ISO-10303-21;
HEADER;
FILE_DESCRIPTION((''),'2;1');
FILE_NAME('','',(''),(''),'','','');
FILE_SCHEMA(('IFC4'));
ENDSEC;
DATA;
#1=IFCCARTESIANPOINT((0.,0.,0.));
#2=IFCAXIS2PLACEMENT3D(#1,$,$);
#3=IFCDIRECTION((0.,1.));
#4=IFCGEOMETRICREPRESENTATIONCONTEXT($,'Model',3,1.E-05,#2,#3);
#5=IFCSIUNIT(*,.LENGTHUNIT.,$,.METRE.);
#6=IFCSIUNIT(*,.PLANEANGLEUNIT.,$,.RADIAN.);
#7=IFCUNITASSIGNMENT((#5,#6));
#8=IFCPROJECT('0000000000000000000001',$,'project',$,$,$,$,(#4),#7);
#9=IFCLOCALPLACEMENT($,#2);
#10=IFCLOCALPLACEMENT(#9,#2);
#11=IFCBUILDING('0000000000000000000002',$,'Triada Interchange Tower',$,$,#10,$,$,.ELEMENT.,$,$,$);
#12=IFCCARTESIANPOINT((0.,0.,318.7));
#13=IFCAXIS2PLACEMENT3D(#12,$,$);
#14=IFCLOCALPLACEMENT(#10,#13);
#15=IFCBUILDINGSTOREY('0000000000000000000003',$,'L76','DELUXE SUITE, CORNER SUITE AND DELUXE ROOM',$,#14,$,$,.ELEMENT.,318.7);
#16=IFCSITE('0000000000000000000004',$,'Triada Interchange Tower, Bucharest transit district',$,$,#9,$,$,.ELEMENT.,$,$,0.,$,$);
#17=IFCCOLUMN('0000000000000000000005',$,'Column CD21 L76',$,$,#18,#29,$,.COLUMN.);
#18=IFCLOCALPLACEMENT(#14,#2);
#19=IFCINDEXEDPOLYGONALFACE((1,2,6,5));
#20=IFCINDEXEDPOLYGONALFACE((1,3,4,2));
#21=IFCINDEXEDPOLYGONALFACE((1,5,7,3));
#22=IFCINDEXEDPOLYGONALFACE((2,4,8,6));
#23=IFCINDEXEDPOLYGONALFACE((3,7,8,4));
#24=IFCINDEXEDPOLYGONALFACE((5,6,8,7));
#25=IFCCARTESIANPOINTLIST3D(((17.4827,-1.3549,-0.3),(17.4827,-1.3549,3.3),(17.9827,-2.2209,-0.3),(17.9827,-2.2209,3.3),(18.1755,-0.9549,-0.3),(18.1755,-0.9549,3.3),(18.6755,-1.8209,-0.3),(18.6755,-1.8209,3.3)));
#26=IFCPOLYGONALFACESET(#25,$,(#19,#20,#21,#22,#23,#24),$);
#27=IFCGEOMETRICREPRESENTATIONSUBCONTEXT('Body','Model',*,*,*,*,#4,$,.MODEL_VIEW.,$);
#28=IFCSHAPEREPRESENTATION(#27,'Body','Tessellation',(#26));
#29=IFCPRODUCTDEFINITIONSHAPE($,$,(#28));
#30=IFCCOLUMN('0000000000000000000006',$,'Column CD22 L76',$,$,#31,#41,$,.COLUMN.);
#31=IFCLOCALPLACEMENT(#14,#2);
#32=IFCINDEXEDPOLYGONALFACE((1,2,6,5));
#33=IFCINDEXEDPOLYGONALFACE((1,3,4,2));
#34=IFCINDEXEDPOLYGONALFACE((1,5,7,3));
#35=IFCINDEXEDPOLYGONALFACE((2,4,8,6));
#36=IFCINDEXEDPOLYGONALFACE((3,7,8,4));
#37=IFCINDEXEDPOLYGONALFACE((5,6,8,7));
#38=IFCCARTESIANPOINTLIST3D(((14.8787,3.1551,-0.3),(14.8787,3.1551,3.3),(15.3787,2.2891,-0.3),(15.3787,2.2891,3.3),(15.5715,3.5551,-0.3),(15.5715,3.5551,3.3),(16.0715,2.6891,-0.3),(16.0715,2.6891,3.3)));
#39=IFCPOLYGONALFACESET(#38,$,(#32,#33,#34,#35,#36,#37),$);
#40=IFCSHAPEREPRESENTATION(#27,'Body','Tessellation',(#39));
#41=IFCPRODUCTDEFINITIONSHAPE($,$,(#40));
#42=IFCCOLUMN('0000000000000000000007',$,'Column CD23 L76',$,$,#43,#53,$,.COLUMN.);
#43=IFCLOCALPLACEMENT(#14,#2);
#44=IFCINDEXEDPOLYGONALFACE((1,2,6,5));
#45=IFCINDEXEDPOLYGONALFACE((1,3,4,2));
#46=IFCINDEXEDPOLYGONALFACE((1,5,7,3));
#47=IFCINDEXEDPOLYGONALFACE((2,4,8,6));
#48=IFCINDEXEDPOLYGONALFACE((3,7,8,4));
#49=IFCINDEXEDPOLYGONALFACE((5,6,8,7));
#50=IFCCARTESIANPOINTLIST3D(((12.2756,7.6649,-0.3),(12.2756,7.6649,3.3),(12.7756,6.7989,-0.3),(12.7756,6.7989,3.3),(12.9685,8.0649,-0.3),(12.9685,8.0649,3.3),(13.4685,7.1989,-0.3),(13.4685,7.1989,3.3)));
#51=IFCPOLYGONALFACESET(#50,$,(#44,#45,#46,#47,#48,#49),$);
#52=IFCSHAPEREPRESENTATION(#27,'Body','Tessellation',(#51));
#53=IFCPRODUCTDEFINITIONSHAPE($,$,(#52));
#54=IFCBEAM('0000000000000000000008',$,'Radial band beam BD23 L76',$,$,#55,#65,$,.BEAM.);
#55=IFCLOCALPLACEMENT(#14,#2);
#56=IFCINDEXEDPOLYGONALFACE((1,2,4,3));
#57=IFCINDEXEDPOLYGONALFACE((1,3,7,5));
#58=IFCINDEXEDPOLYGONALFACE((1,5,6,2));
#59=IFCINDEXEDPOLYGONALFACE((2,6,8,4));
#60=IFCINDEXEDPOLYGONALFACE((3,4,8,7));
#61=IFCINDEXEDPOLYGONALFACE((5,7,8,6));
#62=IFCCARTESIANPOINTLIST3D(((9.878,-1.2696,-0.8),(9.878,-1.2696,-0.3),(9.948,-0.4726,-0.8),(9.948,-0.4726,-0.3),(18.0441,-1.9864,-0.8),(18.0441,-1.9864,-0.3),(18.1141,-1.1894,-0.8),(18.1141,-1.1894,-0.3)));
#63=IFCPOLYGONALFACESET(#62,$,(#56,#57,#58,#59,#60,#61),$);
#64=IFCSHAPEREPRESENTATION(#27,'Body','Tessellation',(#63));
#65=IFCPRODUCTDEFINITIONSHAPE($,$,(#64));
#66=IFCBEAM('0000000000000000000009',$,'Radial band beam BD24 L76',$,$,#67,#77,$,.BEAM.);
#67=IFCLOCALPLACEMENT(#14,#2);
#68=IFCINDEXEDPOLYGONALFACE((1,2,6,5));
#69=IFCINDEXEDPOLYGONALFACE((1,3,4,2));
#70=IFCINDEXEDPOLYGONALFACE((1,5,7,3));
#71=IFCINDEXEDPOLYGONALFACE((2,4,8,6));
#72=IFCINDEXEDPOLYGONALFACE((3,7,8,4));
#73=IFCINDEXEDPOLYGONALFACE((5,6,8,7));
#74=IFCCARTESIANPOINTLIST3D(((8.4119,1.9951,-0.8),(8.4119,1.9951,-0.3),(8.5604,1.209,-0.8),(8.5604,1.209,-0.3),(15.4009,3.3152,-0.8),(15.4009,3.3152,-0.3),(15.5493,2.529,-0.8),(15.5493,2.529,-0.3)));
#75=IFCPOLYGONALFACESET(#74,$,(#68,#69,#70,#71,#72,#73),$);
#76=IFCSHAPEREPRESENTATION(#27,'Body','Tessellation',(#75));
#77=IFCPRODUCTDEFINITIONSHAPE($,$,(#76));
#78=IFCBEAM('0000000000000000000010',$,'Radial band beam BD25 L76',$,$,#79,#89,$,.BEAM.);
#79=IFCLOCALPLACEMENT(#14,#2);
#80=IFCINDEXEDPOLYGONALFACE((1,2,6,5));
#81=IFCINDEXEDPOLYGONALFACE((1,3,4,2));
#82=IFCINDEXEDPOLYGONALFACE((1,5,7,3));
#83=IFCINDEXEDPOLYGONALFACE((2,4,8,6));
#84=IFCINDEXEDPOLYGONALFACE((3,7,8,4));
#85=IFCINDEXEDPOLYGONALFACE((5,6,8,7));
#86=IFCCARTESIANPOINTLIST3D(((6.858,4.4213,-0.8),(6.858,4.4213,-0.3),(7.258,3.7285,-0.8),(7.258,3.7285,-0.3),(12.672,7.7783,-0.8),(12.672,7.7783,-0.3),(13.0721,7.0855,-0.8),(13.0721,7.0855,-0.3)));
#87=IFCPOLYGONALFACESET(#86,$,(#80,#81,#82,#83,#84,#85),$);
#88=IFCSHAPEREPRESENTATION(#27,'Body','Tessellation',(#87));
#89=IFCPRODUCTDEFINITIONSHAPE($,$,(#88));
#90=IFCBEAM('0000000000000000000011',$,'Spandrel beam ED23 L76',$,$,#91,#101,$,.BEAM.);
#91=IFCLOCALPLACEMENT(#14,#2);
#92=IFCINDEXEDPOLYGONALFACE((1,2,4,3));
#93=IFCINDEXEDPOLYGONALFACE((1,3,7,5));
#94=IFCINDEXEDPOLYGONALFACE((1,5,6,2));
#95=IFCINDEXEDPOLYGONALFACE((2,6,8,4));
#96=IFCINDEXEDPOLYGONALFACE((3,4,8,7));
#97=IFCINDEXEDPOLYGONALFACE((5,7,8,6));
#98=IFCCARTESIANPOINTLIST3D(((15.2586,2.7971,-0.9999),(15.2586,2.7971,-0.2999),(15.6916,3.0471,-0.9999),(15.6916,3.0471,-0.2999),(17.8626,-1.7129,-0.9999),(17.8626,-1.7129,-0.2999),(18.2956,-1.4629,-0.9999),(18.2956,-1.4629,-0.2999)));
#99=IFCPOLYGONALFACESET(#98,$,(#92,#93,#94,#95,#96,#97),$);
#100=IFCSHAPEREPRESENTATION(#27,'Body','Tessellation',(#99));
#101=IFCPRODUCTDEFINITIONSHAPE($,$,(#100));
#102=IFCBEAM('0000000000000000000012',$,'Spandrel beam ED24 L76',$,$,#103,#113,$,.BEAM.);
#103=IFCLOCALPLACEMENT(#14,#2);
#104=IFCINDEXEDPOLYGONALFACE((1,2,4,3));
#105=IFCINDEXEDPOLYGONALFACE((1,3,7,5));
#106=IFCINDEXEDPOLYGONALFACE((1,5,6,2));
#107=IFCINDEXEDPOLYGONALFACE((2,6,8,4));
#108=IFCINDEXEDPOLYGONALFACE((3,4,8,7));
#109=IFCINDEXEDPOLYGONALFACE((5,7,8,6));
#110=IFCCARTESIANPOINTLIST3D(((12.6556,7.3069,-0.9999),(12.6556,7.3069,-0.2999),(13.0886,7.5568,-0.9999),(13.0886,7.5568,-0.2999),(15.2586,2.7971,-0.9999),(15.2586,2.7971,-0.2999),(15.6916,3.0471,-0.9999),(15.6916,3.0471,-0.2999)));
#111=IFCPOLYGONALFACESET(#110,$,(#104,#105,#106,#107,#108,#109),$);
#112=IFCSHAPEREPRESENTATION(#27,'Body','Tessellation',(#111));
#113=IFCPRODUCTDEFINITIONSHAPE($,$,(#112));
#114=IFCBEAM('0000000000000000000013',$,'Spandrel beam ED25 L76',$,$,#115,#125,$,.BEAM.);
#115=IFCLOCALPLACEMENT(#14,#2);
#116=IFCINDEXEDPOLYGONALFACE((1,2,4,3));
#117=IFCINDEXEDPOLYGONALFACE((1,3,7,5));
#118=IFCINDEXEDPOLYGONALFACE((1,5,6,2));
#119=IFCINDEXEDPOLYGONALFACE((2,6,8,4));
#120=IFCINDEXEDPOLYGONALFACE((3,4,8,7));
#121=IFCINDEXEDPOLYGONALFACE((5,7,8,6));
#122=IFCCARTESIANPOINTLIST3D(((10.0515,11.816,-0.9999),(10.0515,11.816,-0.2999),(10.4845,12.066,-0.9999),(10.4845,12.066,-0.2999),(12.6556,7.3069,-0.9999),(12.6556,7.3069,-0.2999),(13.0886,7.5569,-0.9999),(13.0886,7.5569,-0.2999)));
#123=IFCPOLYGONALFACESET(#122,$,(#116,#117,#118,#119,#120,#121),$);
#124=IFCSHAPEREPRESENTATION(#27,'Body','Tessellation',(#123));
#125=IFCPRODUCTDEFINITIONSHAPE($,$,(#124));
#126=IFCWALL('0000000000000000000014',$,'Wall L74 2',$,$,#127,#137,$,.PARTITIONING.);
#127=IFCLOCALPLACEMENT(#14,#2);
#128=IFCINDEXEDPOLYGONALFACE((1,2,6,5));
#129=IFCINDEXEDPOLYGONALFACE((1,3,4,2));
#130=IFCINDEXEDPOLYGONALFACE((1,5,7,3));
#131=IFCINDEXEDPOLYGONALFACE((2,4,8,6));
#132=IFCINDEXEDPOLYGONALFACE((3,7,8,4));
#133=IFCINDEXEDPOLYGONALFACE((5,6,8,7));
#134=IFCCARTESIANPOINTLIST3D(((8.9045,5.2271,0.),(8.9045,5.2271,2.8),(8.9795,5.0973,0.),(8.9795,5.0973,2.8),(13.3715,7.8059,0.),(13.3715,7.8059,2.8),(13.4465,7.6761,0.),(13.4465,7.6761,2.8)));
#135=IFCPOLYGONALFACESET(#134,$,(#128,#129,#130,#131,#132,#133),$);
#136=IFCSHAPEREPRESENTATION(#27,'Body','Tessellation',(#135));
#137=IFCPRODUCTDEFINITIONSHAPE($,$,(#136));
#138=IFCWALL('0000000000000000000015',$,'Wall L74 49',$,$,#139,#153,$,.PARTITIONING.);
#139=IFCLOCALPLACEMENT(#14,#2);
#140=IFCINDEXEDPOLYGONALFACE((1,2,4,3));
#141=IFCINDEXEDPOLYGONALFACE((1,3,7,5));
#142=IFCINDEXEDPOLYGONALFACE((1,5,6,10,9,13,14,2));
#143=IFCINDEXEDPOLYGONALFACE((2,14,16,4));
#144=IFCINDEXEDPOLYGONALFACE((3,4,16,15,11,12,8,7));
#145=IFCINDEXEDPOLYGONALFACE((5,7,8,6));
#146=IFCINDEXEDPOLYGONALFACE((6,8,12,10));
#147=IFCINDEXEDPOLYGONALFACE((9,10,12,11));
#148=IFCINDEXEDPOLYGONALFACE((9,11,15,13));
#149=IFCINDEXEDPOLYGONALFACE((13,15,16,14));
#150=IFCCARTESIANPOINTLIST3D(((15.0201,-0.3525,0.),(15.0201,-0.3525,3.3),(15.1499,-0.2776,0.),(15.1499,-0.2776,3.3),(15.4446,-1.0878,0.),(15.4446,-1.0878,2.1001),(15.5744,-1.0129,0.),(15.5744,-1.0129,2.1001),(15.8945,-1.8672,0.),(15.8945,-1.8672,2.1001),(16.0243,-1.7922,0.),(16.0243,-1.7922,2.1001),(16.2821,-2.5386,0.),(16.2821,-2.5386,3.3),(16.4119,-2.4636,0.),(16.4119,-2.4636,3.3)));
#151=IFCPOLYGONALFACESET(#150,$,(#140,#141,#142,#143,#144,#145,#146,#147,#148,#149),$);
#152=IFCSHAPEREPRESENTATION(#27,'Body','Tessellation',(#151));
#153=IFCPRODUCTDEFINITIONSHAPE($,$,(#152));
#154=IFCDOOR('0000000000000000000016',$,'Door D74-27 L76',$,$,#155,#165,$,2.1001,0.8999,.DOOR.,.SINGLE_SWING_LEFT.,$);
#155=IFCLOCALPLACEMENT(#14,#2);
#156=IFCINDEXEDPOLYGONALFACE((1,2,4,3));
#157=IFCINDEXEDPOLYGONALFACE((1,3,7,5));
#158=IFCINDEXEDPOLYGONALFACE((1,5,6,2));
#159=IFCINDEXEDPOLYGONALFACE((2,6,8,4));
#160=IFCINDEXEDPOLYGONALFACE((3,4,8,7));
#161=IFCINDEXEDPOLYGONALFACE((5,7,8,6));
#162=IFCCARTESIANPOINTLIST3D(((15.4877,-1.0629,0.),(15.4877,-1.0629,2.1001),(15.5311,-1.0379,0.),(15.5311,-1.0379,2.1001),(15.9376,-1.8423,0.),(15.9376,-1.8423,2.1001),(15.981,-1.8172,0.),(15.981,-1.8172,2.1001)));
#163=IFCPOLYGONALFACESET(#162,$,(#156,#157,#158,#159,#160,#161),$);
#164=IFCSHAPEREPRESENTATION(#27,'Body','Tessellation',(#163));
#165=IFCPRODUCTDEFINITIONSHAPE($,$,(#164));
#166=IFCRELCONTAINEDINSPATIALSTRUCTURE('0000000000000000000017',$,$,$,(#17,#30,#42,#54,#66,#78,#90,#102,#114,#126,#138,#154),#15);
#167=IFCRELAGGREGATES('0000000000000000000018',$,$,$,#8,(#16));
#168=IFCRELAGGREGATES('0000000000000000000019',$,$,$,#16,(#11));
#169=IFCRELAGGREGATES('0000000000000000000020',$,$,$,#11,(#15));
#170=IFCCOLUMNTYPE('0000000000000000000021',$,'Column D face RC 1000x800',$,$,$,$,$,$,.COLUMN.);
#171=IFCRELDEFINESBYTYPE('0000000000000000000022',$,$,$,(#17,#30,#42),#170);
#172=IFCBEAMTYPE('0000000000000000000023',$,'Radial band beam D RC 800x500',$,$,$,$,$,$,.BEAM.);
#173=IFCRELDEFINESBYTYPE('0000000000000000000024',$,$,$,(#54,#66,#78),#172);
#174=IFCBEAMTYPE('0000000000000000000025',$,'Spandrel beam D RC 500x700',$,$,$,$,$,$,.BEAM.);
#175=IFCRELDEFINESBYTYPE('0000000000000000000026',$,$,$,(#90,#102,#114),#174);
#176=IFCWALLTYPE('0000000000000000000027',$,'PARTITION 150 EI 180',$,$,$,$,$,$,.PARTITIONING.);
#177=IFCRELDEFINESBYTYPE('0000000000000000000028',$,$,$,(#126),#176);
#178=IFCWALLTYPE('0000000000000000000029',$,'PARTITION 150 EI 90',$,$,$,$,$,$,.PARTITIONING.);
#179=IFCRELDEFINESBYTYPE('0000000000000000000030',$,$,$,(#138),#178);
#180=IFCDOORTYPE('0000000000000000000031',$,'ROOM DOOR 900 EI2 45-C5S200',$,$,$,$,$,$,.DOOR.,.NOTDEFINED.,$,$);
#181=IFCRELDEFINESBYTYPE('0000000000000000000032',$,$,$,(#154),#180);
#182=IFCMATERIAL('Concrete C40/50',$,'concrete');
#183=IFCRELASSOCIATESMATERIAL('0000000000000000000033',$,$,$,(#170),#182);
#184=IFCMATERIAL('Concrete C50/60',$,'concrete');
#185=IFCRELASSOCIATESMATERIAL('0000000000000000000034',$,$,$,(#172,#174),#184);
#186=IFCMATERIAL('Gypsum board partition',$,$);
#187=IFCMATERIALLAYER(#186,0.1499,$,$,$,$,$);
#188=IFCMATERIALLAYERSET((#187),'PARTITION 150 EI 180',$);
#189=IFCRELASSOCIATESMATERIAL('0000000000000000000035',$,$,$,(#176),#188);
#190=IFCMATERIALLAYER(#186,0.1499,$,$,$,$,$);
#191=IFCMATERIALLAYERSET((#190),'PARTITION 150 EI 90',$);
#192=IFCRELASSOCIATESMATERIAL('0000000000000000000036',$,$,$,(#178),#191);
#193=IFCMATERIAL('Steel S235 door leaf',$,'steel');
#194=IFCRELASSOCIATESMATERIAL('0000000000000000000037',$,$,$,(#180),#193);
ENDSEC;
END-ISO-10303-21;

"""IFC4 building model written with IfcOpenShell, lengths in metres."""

from ifc_helpers import new_model, si_unit, direction, frame, frame_2d, origin, origin_2d, place, context, subcontext, project, spatial, rectangle, extrude, material, layer, layer_set, material_profile, profile_set, type_object, element, fill, save


model = new_model("IFC4")

# Units and contexts
model_context = context("Model", 3, precision=1e-05, world=origin(), true_north=direction((0.0, 1.0)))
body_context = subcontext(model_context, "Body", "Model", "MODEL_VIEW")
ifc_project = project(units=[si_unit("LENGTHUNIT", "METRE"), si_unit("PLANEANGLEUNIT", "RADIAN")], contexts=[model_context])

# Site, building, storey
site_placement = place(None, origin())
site = spatial("IfcSite", under=ifc_project, at=site_placement, Name="Triada Interchange Tower, Bucharest transit district", CompositionType="ELEMENT", RefElevation=0.0)
building_placement = place(site_placement, origin())
building = spatial("IfcBuilding", under=site, at=building_placement, Name="Triada Interchange Tower", CompositionType="ELEMENT")
storey_placement = place(building_placement, frame((0.0, 0.0, 318.7)))
storey = spatial("IfcBuildingStorey", under=building, at=storey_placement, Name="L76", Description="DELUXE SUITE, CORNER SUITE AND DELUXE ROOM", CompositionType="ELEMENT", Elevation=318.7)

# Columns
ifc_material_1 = material(Name="Concrete C40/50", Category="concrete")
ifc_material_profile_1 = material_profile(ifc_material_1, rectangle(XDim=1.0, YDim=0.8, at=origin_2d()), Name="RC 1000x800")
ifc_profile_set_1 = profile_set([ifc_material_profile_1], Name="Concrete C40/50")
column_type = type_object("IfcColumnType", Name="Column D face RC 1000x800", PredefinedType="COLUMN", material=ifc_profile_set_1)
for number, where, z_axis, x_axis, name in (
    (1, (18.0791, -1.5879, -0.3), (0.0, 0.0, 1.0), (-0.5, 0.866025, 0.0), "Column CD21 L76"),
    (2, (15.4751, 2.9221, -0.3), (0.0, 0.0, 1.0), (-0.5, 0.866025, 0.0), "Column CD22 L76"),
    (3, (12.8721, 7.4319, -0.3), (0.0, 0.0, 1.0), (-0.5, 0.866025, 0.0), "Column CD23 L76"),
):
    element("IfcColumn", number, at=place(storey_placement, frame(where, z_axis=z_axis, x_axis=x_axis)), inside=storey, type_object=column_type, Name=name, PredefinedType="COLUMN", context=body_context, shape_type="SweptSolid", body=[
        extrude(rectangle(XDim=1.0, YDim=0.8, at=origin_2d()), origin(), (0.0, 0.0, 1.0), 3.6001),
    ])

# Beams
ifc_material_2 = material(Name="Concrete C50/60", Category="concrete")
ifc_material_profile_2 = material_profile(ifc_material_2, rectangle(XDim=0.8, YDim=0.5, at=origin_2d()), Name="RC 800x500")
ifc_profile_set_2 = profile_set([ifc_material_profile_2], Name="Concrete C50/60")
beam_type_1 = type_object("IfcBeamType", Name="Radial band beam D RC 800x500", PredefinedType="BEAM", material=ifc_profile_set_2)
beam_1_placement = place(storey_placement, frame((18.0791, -1.5879, -0.55), z_axis=(-0.99617, 0.087442, 0.0), x_axis=(-0.087442, -0.99617, 0.0)))
element("IfcBeam", 4, at=beam_1_placement, inside=storey, type_object=beam_type_1, Name="Radial band beam BD23 L76", PredefinedType="BEAM", context=body_context, shape_type="SweptSolid", body=[
    extrude(rectangle(XDim=0.8, YDim=0.5, at=origin_2d()), origin(), (0.0, 0.0, 1.0), 8.1975),
])
beam_2_placement = place(storey_placement, frame((15.4751, 2.9221, -0.55), z_axis=(-0.982626, -0.185596, 0.0), x_axis=(0.185596, -0.982626, 0.0)))
element("IfcBeam", 5, at=beam_2_placement, inside=storey, type_object=beam_type_1, Name="Radial band beam BD24 L76", PredefinedType="BEAM", context=body_context, shape_type="SweptSolid", body=[
    extrude(rectangle(XDim=0.8, YDim=0.5, at=origin_2d()), origin(), (0.0, 0.0, 1.0), 7.1125),
])
beam_3_placement = place(storey_placement, frame((12.8721, 7.4319, -0.55), z_axis=(-0.86601, -0.500027, 0.0), x_axis=(0.500027, -0.86601, 0.0)))
element("IfcBeam", 6, at=beam_3_placement, inside=storey, type_object=beam_type_1, Name="Radial band beam BD25 L76", PredefinedType="BEAM", context=body_context, shape_type="SweptSolid", body=[
    extrude(rectangle(XDim=0.8, YDim=0.5, at=origin_2d()), origin(), (0.0, 0.0, 1.0), 6.7136),
])
ifc_material_profile_3 = material_profile(ifc_material_2, rectangle(XDim=0.5, YDim=0.7, at=origin_2d()), Name="RC 500x700")
ifc_profile_set_3 = profile_set([ifc_material_profile_3], Name="Concrete C50/60")
beam_type_2 = type_object("IfcBeamType", Name="Spandrel beam D RC 500x700", PredefinedType="BEAM", material=ifc_profile_set_3)
beam_4_placement = place(storey_placement, frame((18.0791, -1.5879, -0.6499), z_axis=(-0.500021, 0.866013, 0.0), x_axis=(-0.866013, -0.500021, 0.0)))
element("IfcBeam", 7, at=beam_4_placement, inside=storey, type_object=beam_type_2, Name="Spandrel beam ED23 L76", PredefinedType="BEAM", context=body_context, shape_type="SweptSolid", body=[
    extrude(rectangle(XDim=0.5, YDim=0.7, at=origin_2d()), origin(), (0.0, 0.0, 1.0), 5.2078),
])
for number, where, z_axis, x_axis, name in (
    (8, (15.4751, 2.9221, -0.6499), (-0.499901, 0.866083, 0.0), (-0.866083, -0.499901, 0.0), "Spandrel beam ED24 L76"),
    (9, (12.8721, 7.4319, -0.6499), (-0.500103, 0.865966, 0.0), (-0.865966, -0.500103, 0.0), "Spandrel beam ED25 L76"),
):
    element("IfcBeam", number, at=place(storey_placement, frame(where, z_axis=z_axis, x_axis=x_axis)), inside=storey, type_object=beam_type_2, Name=name, PredefinedType="BEAM", context=body_context, shape_type="SweptSolid", body=[
        extrude(rectangle(XDim=0.5, YDim=0.7, at=origin_2d()), origin(), (0.0, 0.0, 1.0), 5.207),
    ])

# Wall
ifc_material_3 = material(Name="Gypsum board partition")
ifc_layer_1 = layer(ifc_material_3, 0.1499)
ifc_layer_set_1 = layer_set([ifc_layer_1], Name="PARTITION 150 EI 180")
wall_type_1 = type_object("IfcWallType", Name="PARTITION 150 EI 180", PredefinedType="PARTITIONING", material=ifc_layer_set_1)
wall_1_placement = place(storey_placement, frame((8.9419, 5.1621, 0.0), z_axis=(0.0, 0.0, 1.0), x_axis=(0.866041, 0.499972, 0.0)))
element("IfcWall", 10, at=wall_1_placement, inside=storey, type_object=wall_type_1, Name="Wall L74 2", PredefinedType="PARTITIONING", context=body_context, shape_type="SweptSolid", body=[
    extrude(rectangle(XDim=5.158, YDim=0.1499, at=frame_2d((2.5791, 0.0))), origin(), (0.0, 0.0, 1.0), 2.8),
])

# Wall, opening, door
ifc_layer_2 = layer(ifc_material_3, 0.1499)
ifc_layer_set_2 = layer_set([ifc_layer_2], Name="PARTITION 150 EI 90")
wall_type_2 = type_object("IfcWallType", Name="PARTITION 150 EI 90", PredefinedType="PARTITIONING", material=ifc_layer_set_2)
wall_2_placement = place(storey_placement, frame((15.085, -0.3149, 0.0), z_axis=(0.0, 0.0, 1.0), x_axis=(0.499957, -0.86605, 0.0)))
wall_2 = element("IfcWall", 11, at=wall_2_placement, inside=storey, type_object=wall_type_2, Name="Wall L74 49", PredefinedType="PARTITIONING", context=body_context, shape_type="SweptSolid", body=[
    extrude(rectangle(XDim=2.5242, YDim=0.1499, at=frame_2d((1.2622, 0.0))), origin(), (0.0, 0.0, 1.0), 3.3),
])
opening_1_placement = place(wall_2_placement, frame((0.8491, 0.0, 0.0)))
opening_1 = element("IfcOpeningElement", 12, at=opening_1_placement, cuts=wall_2, PredefinedType="OPENING", context=body_context, shape_type="SweptSolid", body=[
    extrude(rectangle(XDim=0.8999, YDim=2.1001, at=frame_2d((0.45, 1.05))), frame((0.0, 0.085, 0.0), z_axis=(0.0, -1.0, 0.0), x_axis=(1.0, 0.0, 0.0)), (0.0, 0.0, 1.0), 0.1699),
])
ifc_material_4 = material(Name="Steel S235 door leaf", Category="steel")
door_type_1 = type_object("IfcDoorType", Name="ROOM DOOR 900 EI2 45-C5S200", OperationType="NOTDEFINED", PredefinedType="DOOR", material=ifc_material_4)
door_1_placement = place(opening_1_placement, origin())
door_1 = element("IfcDoor", 13, at=door_1_placement, inside=storey, type_object=door_type_1, Name="Door D74-27 L76", OperationType="SINGLE_SWING_LEFT", OverallHeight=2.1001, OverallWidth=0.8999, PredefinedType="DOOR", context=body_context, shape_type="SweptSolid", body=[
    extrude(rectangle(XDim=0.8999, YDim=2.1001, at=frame_2d((0.45, 1.05))), frame((0.0, 0.0249, 0.0), z_axis=(0.0, -1.0, 0.0), x_axis=(1.0, 0.0, 0.0)), (0.0, 0.0, 1.0), 0.05),
])
fill(opening_1, door_1)

save(model, "model.ifc")
